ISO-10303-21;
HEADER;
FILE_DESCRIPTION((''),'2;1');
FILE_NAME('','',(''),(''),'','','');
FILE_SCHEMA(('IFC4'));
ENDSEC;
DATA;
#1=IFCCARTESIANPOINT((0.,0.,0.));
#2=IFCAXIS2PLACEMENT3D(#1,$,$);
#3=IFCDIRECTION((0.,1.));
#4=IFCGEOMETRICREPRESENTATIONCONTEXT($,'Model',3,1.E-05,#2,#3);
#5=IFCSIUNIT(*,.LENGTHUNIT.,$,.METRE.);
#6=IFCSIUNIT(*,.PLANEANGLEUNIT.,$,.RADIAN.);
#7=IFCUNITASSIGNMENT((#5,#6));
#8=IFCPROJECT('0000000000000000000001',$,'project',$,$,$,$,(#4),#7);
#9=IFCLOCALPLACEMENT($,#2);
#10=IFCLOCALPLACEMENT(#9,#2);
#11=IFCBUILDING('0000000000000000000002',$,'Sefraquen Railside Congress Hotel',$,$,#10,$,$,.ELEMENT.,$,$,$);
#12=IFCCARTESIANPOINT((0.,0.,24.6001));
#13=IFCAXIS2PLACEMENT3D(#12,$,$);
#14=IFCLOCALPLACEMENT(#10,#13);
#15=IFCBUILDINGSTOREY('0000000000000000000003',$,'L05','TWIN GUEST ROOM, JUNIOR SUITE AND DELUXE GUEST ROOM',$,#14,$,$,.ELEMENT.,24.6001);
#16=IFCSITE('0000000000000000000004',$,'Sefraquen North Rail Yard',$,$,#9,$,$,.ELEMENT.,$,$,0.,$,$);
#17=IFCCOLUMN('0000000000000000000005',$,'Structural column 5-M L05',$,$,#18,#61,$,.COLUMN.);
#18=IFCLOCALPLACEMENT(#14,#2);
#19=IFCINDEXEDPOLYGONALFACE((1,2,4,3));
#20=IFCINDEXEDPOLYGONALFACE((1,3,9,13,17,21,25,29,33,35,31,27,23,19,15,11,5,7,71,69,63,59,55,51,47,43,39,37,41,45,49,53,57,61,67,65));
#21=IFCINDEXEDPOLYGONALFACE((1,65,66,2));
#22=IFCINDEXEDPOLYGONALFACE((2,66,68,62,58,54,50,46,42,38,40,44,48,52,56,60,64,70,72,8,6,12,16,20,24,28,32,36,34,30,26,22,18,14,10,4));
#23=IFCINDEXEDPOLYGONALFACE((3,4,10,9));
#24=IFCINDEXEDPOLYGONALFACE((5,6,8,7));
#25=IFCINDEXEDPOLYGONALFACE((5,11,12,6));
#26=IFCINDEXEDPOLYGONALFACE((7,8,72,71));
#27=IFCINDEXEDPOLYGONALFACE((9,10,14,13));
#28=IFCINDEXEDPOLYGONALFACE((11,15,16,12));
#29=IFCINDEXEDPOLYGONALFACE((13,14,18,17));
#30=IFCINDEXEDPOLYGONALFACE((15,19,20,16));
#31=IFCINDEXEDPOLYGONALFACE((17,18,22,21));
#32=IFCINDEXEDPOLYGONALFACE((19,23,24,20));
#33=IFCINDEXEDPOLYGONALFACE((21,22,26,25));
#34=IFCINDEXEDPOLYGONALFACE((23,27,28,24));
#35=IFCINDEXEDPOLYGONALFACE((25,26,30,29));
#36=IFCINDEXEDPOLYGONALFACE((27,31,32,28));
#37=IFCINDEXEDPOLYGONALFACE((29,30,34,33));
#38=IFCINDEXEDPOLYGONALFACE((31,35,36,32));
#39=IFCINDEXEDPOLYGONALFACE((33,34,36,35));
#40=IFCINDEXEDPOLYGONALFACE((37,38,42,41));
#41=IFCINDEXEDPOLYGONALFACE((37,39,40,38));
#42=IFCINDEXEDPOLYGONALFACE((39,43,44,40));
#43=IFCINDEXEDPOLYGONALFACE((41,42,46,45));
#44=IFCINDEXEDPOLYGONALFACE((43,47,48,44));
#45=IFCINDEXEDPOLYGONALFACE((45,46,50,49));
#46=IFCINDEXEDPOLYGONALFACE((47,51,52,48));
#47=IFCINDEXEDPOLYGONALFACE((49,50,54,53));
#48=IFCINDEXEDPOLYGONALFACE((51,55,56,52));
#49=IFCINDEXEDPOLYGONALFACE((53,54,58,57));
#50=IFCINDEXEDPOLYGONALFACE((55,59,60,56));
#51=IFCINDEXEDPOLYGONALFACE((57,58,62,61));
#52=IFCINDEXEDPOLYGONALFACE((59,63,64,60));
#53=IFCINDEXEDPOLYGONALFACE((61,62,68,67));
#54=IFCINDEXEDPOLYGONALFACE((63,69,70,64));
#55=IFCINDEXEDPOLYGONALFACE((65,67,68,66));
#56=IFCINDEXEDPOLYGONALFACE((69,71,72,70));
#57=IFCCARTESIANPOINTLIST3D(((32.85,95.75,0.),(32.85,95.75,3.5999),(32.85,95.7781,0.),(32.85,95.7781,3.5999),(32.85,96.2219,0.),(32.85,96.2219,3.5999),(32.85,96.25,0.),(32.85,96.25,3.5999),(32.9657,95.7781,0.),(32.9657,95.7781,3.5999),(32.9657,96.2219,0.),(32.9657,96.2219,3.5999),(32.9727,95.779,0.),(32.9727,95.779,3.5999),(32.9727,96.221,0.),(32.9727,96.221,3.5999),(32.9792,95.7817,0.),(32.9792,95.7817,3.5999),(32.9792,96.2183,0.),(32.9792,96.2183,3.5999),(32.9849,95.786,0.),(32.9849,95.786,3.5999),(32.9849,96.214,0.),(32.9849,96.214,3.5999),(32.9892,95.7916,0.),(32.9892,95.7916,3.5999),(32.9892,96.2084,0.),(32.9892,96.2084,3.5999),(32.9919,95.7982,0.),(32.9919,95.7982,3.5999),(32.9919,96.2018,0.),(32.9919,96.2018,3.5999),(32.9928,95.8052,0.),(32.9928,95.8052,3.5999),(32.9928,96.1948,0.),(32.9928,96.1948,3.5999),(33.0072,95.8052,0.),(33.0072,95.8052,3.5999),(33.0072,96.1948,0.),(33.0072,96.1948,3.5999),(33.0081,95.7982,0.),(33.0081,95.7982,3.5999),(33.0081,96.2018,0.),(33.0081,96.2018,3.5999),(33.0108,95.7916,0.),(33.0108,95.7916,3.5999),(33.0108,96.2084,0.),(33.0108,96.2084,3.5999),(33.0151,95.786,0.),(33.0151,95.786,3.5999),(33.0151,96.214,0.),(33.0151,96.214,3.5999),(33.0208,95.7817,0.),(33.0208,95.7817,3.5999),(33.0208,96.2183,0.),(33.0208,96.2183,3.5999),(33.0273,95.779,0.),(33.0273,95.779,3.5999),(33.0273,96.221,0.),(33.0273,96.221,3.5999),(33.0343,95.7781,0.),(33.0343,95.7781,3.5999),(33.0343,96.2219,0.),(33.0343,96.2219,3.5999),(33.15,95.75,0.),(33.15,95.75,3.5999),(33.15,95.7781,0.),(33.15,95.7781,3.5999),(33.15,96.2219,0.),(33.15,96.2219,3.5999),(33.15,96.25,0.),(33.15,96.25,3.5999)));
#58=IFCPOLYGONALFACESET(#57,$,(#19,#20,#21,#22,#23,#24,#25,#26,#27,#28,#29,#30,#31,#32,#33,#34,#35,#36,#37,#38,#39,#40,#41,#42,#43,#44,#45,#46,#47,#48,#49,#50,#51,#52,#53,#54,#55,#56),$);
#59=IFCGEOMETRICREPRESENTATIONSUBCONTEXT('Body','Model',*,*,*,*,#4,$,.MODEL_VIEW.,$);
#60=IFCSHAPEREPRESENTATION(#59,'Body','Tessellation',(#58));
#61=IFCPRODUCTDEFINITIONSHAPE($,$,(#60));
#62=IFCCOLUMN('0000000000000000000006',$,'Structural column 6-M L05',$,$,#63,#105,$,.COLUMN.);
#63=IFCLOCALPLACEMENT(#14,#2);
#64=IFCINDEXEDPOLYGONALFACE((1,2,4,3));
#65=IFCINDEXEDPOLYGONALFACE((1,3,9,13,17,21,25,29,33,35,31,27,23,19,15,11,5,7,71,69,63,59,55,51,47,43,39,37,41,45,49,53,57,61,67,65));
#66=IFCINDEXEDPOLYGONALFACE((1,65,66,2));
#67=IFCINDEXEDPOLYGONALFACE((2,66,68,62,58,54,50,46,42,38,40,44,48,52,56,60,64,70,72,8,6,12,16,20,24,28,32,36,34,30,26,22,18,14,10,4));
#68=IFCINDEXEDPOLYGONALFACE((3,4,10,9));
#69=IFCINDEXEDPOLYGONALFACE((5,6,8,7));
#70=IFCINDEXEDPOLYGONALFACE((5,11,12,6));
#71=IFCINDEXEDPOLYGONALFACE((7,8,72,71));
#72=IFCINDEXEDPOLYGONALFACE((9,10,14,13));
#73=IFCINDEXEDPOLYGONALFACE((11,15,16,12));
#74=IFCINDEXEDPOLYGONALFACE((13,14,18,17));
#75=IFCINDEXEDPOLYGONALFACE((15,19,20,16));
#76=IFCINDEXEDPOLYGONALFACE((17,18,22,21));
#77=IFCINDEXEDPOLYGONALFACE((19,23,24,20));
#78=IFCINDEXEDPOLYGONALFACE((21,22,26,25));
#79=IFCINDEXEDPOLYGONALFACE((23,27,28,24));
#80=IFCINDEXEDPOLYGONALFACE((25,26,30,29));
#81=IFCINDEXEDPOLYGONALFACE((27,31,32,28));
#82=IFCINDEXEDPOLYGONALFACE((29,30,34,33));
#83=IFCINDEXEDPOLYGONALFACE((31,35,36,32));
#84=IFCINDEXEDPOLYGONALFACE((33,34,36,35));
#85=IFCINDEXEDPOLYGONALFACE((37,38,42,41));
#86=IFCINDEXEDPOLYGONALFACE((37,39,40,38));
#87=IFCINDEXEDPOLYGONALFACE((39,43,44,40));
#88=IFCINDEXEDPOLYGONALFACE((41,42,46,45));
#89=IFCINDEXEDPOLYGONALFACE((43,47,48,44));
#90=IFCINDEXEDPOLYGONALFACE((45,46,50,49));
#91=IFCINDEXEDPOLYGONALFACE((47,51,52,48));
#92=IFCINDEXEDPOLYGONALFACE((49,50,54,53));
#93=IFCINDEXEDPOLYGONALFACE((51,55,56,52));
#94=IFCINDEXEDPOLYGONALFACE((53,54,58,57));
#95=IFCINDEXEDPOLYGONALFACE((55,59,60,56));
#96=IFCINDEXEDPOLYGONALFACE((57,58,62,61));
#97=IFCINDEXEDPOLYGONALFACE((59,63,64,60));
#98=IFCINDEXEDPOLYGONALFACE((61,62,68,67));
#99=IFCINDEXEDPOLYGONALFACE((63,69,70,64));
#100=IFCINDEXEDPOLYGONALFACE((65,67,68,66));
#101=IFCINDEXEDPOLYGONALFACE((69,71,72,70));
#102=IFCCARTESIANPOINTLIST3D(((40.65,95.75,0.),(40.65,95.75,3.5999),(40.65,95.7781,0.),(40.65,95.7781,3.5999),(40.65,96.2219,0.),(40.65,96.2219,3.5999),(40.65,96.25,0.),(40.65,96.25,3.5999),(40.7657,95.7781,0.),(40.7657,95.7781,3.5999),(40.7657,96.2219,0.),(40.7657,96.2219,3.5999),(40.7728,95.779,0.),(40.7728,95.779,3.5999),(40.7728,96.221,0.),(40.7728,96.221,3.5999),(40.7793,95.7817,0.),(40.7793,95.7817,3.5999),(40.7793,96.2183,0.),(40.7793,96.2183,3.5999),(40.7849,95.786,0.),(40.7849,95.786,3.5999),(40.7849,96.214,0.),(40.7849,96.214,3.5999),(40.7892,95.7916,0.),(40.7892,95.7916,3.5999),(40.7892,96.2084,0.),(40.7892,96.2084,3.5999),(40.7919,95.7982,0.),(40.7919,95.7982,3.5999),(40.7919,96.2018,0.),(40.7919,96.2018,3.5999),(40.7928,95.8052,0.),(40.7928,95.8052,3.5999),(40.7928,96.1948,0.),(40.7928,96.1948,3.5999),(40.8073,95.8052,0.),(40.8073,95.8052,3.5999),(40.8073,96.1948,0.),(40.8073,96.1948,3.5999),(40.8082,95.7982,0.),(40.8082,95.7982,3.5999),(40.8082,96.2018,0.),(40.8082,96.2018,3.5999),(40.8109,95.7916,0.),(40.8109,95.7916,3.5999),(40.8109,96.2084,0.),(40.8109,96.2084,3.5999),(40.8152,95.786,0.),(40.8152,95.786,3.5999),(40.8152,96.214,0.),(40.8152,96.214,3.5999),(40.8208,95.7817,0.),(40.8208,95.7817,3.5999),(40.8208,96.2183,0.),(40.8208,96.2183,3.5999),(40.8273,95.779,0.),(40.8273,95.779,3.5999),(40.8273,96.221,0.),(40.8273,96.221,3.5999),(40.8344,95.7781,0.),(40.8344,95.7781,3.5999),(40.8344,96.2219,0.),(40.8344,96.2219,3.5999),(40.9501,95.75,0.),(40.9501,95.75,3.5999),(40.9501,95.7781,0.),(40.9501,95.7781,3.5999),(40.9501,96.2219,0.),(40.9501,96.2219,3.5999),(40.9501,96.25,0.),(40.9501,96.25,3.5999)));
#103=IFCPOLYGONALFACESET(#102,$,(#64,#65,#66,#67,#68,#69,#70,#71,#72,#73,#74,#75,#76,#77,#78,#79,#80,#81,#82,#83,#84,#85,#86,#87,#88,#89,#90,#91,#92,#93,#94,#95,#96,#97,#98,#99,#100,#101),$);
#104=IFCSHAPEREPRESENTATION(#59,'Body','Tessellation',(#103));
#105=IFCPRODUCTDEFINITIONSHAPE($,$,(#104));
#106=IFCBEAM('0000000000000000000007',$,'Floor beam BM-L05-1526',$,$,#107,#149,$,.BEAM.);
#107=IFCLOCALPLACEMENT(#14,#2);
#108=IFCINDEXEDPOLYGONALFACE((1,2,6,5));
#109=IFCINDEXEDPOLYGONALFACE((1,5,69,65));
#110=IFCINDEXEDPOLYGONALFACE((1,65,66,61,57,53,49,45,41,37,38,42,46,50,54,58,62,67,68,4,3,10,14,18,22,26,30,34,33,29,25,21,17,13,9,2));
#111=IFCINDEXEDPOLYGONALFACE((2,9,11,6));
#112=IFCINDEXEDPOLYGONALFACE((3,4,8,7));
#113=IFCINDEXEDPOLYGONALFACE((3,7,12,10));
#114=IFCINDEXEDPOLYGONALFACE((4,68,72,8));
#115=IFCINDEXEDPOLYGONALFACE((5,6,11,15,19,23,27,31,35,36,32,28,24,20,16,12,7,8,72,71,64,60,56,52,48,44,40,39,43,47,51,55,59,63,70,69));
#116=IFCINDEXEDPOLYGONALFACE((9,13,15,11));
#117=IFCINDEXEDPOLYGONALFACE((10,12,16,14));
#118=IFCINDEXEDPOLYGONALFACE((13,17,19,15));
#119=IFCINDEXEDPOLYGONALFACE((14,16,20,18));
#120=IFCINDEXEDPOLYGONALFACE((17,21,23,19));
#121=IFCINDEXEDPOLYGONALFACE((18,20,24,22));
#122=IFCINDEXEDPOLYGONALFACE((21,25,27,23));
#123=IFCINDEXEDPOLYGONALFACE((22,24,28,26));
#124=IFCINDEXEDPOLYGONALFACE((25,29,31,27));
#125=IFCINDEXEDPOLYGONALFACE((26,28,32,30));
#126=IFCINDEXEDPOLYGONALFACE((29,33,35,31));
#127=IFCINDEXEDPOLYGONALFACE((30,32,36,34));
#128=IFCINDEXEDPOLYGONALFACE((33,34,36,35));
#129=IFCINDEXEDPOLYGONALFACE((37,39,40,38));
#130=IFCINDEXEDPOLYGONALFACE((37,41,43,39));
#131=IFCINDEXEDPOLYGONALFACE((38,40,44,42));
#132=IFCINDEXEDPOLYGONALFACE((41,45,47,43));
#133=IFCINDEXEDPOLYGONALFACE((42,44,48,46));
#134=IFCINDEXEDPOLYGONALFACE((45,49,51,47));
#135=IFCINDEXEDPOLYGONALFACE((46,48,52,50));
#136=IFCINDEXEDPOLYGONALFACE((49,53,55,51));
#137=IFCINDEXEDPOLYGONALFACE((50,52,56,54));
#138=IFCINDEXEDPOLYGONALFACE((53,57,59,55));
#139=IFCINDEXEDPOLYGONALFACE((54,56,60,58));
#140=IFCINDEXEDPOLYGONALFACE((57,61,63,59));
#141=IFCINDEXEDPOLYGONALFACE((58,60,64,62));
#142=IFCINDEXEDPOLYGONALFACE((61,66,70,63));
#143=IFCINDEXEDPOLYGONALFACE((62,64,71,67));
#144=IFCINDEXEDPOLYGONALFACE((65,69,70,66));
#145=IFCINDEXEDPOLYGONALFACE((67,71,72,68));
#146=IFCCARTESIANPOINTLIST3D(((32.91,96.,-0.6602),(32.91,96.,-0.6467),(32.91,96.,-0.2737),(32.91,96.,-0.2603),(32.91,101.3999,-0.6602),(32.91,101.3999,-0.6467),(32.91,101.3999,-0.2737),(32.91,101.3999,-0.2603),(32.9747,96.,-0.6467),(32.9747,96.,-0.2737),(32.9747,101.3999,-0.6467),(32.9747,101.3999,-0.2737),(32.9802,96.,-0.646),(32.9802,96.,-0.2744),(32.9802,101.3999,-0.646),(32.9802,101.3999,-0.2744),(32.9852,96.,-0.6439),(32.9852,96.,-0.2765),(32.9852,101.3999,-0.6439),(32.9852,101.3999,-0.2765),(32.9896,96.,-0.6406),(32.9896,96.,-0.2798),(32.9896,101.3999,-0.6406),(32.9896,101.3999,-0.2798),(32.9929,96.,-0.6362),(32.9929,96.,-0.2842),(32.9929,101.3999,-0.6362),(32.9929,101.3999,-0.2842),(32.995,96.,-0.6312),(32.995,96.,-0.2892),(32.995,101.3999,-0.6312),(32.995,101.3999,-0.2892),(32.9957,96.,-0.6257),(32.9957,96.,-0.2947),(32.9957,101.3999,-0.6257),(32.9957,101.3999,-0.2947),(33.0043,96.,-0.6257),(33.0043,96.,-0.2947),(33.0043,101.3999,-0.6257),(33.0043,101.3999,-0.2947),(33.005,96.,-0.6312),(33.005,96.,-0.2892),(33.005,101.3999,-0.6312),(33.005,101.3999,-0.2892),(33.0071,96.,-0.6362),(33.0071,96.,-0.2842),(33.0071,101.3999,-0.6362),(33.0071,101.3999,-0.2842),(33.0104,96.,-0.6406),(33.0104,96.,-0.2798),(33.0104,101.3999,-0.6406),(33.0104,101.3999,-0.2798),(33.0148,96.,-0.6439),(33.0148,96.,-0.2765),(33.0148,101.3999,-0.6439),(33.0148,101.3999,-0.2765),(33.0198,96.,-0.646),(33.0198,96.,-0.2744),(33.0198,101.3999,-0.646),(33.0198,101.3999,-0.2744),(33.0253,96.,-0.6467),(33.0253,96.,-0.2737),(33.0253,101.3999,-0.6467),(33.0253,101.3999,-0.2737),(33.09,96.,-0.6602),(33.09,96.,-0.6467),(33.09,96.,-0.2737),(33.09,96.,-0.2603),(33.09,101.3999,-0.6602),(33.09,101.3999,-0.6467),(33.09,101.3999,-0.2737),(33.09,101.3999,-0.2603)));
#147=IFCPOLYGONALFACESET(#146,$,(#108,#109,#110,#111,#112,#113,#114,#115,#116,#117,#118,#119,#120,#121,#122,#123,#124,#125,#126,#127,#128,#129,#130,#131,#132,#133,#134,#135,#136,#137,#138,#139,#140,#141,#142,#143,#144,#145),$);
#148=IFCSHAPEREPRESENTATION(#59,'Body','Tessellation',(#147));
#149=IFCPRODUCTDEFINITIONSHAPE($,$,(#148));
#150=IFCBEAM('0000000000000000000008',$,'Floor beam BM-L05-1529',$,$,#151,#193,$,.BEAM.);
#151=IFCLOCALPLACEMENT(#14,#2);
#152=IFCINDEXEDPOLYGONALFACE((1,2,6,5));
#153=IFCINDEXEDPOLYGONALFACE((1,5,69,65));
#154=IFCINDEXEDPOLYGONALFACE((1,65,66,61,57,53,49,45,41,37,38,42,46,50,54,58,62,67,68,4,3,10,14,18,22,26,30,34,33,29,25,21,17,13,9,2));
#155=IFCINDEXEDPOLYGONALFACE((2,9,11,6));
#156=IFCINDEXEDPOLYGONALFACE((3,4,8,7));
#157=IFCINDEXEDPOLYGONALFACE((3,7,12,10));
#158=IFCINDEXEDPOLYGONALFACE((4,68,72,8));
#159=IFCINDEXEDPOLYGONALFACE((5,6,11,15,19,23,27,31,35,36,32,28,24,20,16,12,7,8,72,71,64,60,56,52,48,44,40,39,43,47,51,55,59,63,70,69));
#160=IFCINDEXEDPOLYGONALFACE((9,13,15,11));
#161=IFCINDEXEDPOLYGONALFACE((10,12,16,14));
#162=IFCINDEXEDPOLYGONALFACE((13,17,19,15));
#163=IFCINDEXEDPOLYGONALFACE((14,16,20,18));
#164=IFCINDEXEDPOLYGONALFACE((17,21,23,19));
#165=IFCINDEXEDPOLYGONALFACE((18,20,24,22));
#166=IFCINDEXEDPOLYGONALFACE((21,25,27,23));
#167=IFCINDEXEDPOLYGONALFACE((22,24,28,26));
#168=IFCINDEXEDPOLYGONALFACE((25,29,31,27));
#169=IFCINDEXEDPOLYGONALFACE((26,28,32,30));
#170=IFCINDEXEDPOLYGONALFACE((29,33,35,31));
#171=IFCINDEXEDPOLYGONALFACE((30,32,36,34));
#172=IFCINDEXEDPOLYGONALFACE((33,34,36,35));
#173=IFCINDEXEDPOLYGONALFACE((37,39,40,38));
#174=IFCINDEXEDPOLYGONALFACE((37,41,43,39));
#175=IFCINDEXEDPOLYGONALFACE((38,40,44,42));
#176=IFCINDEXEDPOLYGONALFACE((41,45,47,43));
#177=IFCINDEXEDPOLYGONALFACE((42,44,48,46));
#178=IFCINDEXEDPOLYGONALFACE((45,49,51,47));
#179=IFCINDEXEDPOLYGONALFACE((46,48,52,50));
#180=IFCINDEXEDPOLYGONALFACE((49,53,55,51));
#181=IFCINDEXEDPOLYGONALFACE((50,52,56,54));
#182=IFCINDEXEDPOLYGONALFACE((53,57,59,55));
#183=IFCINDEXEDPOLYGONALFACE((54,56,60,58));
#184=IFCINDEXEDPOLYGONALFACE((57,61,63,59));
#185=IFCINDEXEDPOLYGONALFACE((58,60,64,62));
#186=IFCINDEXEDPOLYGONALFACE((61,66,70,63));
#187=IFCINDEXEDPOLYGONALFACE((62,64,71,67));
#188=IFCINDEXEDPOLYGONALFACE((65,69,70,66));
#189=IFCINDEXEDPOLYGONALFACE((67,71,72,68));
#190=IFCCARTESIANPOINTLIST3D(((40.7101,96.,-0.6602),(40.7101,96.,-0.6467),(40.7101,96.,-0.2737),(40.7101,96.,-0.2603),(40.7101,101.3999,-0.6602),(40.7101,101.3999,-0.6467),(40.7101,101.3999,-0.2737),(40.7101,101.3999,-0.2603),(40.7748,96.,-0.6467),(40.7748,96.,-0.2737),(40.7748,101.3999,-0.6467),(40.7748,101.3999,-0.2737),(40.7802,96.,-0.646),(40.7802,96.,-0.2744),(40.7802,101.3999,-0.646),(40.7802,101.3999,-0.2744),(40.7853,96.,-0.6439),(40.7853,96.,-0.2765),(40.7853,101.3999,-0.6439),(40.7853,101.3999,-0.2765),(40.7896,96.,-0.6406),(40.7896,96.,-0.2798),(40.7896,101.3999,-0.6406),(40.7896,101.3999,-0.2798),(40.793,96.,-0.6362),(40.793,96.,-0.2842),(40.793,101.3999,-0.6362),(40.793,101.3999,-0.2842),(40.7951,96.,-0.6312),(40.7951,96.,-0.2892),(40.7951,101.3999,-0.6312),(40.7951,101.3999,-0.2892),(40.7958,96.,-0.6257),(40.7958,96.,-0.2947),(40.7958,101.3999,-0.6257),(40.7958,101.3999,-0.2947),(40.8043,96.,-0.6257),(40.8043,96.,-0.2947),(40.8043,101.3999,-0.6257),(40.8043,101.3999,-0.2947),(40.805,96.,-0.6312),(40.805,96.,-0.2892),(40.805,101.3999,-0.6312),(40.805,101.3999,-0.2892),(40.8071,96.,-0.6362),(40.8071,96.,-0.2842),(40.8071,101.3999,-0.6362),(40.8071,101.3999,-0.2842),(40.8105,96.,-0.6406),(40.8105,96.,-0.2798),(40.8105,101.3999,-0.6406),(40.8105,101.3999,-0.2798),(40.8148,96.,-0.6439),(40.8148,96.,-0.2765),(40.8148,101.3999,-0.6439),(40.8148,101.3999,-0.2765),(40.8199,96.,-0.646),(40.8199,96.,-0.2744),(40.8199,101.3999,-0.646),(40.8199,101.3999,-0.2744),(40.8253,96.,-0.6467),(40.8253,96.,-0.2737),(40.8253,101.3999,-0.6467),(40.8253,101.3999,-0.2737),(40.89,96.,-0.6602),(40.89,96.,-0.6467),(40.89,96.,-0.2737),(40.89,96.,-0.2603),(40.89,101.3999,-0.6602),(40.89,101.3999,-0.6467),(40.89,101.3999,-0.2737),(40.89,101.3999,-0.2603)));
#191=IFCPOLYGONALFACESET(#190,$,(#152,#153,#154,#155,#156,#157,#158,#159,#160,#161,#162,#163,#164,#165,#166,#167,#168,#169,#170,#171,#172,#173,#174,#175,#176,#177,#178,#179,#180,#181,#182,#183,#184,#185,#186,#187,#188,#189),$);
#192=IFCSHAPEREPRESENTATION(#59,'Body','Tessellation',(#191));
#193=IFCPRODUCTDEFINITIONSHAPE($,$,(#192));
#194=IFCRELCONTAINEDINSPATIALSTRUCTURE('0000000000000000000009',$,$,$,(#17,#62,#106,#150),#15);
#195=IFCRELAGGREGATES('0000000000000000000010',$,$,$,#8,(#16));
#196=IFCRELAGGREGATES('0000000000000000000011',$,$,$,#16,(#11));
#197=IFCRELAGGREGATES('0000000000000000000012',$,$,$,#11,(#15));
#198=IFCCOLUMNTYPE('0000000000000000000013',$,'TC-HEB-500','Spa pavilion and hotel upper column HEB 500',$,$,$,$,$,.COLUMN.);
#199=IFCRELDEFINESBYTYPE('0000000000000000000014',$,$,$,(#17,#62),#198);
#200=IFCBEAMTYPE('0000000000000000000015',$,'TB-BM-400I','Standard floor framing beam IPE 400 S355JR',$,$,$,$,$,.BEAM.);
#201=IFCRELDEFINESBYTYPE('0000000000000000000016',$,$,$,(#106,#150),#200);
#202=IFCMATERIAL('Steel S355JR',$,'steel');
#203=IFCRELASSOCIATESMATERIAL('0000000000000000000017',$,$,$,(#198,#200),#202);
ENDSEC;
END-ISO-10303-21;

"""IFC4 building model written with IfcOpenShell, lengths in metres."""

from ifc_helpers import new_model, si_unit, direction, frame, origin, origin_2d, place, context, subcontext, project, spatial, i_section, extrude, material, material_profile, profile_set, type_object, element, save


model = new_model("IFC4")

# Units and contexts
model_context = context("Model", 3, precision=1e-05, world=origin(), true_north=direction((0.0, 1.0)))
body_context = subcontext(model_context, "Body", "Model", "MODEL_VIEW")
ifc_project = project(units=[si_unit("LENGTHUNIT", "METRE"), si_unit("PLANEANGLEUNIT", "RADIAN")], contexts=[model_context])

# Site, building, storey
site_placement = place(None, origin())
site = spatial("IfcSite", under=ifc_project, at=site_placement, Name="Sefraquen North Rail Yard", CompositionType="ELEMENT", RefElevation=0.0)
building_placement = place(site_placement, origin())
building = spatial("IfcBuilding", under=site, at=building_placement, Name="Sefraquen Railside Congress Hotel", CompositionType="ELEMENT")
storey_placement = place(building_placement, frame((0.0, 0.0, 24.6001)))
storey = spatial("IfcBuildingStorey", under=building, at=storey_placement, Name="L05", Description="TWIN GUEST ROOM, JUNIOR SUITE AND DELUXE GUEST ROOM", CompositionType="ELEMENT", Elevation=24.6001)

# Columns
ifc_material_1 = material(Name="Steel S355JR", Category="steel")
ifc_material_profile_1 = material_profile(ifc_material_1, i_section(OverallWidth=0.3, OverallDepth=0.5, WebThickness=0.0144, FlangeThickness=0.0281, FilletRadius=0.0271, at=origin_2d()), Name="HEB 500")
ifc_profile_set_1 = profile_set([ifc_material_profile_1], Name="Steel S355JR")
column_type = type_object("IfcColumnType", Name="TC-HEB-500", Description="Spa pavilion and hotel upper column HEB 500", PredefinedType="COLUMN", material=ifc_profile_set_1)
for number, where, z_axis, x_axis, name in (
    (1, (33.0, 96.0, 0.0), (0.0, 0.0, 1.0), (1.0, 0.0, 0.0), "Structural column 5-M L05"),
    (2, (40.8, 96.0, 0.0), (0.0, 0.0, 1.0), (1.0, 0.0, 0.0), "Structural column 6-M L05"),
):
    element("IfcColumn", number, at=place(storey_placement, frame(where, z_axis=z_axis, x_axis=x_axis)), inside=storey, type_object=column_type, Name=name, PredefinedType="COLUMN", context=body_context, shape_type="SweptSolid", body=[
        extrude(i_section(OverallWidth=0.3, OverallDepth=0.5, WebThickness=0.0144, FlangeThickness=0.0281, FilletRadius=0.0271, at=origin_2d()), origin(), (0.0, 0.0, 1.0), 3.5999),
    ])

# Beams
ifc_material_profile_2 = material_profile(ifc_material_1, i_section(OverallWidth=0.1799, OverallDepth=0.3999, WebThickness=0.0085, FlangeThickness=0.0134, FilletRadius=0.021, at=origin_2d()), Name="IPE 400")
ifc_profile_set_2 = profile_set([ifc_material_profile_2], Name="Steel S355JR")
beam_type_1 = type_object("IfcBeamType", Name="TB-BM-400I", Description="Standard floor framing beam IPE 400 S355JR", PredefinedType="BEAM", material=ifc_profile_set_2)
for number, where, z_axis, x_axis, name in (
    (3, (33.0, 96.0, -0.4602), (0.0, 1.0, 0.0), (-1.0, 0.0, 0.0), "Floor beam BM-L05-1526"),
    (4, (40.8, 96.0, -0.4602), (0.0, 1.0, 0.0), (-1.0, 0.0, 0.0), "Floor beam BM-L05-1529"),
):
    element("IfcBeam", number, at=place(storey_placement, frame(where, z_axis=z_axis, x_axis=x_axis)), inside=storey, type_object=beam_type_1, Name=name, PredefinedType="BEAM", context=body_context, shape_type="SweptSolid", body=[
        extrude(i_section(OverallWidth=0.1799, OverallDepth=0.3999, WebThickness=0.0085, FlangeThickness=0.0134, FilletRadius=0.021, at=origin_2d()), origin(), (0.0, 0.0, 1.0), 5.3999),
    ])

save(model, "model.ifc")
